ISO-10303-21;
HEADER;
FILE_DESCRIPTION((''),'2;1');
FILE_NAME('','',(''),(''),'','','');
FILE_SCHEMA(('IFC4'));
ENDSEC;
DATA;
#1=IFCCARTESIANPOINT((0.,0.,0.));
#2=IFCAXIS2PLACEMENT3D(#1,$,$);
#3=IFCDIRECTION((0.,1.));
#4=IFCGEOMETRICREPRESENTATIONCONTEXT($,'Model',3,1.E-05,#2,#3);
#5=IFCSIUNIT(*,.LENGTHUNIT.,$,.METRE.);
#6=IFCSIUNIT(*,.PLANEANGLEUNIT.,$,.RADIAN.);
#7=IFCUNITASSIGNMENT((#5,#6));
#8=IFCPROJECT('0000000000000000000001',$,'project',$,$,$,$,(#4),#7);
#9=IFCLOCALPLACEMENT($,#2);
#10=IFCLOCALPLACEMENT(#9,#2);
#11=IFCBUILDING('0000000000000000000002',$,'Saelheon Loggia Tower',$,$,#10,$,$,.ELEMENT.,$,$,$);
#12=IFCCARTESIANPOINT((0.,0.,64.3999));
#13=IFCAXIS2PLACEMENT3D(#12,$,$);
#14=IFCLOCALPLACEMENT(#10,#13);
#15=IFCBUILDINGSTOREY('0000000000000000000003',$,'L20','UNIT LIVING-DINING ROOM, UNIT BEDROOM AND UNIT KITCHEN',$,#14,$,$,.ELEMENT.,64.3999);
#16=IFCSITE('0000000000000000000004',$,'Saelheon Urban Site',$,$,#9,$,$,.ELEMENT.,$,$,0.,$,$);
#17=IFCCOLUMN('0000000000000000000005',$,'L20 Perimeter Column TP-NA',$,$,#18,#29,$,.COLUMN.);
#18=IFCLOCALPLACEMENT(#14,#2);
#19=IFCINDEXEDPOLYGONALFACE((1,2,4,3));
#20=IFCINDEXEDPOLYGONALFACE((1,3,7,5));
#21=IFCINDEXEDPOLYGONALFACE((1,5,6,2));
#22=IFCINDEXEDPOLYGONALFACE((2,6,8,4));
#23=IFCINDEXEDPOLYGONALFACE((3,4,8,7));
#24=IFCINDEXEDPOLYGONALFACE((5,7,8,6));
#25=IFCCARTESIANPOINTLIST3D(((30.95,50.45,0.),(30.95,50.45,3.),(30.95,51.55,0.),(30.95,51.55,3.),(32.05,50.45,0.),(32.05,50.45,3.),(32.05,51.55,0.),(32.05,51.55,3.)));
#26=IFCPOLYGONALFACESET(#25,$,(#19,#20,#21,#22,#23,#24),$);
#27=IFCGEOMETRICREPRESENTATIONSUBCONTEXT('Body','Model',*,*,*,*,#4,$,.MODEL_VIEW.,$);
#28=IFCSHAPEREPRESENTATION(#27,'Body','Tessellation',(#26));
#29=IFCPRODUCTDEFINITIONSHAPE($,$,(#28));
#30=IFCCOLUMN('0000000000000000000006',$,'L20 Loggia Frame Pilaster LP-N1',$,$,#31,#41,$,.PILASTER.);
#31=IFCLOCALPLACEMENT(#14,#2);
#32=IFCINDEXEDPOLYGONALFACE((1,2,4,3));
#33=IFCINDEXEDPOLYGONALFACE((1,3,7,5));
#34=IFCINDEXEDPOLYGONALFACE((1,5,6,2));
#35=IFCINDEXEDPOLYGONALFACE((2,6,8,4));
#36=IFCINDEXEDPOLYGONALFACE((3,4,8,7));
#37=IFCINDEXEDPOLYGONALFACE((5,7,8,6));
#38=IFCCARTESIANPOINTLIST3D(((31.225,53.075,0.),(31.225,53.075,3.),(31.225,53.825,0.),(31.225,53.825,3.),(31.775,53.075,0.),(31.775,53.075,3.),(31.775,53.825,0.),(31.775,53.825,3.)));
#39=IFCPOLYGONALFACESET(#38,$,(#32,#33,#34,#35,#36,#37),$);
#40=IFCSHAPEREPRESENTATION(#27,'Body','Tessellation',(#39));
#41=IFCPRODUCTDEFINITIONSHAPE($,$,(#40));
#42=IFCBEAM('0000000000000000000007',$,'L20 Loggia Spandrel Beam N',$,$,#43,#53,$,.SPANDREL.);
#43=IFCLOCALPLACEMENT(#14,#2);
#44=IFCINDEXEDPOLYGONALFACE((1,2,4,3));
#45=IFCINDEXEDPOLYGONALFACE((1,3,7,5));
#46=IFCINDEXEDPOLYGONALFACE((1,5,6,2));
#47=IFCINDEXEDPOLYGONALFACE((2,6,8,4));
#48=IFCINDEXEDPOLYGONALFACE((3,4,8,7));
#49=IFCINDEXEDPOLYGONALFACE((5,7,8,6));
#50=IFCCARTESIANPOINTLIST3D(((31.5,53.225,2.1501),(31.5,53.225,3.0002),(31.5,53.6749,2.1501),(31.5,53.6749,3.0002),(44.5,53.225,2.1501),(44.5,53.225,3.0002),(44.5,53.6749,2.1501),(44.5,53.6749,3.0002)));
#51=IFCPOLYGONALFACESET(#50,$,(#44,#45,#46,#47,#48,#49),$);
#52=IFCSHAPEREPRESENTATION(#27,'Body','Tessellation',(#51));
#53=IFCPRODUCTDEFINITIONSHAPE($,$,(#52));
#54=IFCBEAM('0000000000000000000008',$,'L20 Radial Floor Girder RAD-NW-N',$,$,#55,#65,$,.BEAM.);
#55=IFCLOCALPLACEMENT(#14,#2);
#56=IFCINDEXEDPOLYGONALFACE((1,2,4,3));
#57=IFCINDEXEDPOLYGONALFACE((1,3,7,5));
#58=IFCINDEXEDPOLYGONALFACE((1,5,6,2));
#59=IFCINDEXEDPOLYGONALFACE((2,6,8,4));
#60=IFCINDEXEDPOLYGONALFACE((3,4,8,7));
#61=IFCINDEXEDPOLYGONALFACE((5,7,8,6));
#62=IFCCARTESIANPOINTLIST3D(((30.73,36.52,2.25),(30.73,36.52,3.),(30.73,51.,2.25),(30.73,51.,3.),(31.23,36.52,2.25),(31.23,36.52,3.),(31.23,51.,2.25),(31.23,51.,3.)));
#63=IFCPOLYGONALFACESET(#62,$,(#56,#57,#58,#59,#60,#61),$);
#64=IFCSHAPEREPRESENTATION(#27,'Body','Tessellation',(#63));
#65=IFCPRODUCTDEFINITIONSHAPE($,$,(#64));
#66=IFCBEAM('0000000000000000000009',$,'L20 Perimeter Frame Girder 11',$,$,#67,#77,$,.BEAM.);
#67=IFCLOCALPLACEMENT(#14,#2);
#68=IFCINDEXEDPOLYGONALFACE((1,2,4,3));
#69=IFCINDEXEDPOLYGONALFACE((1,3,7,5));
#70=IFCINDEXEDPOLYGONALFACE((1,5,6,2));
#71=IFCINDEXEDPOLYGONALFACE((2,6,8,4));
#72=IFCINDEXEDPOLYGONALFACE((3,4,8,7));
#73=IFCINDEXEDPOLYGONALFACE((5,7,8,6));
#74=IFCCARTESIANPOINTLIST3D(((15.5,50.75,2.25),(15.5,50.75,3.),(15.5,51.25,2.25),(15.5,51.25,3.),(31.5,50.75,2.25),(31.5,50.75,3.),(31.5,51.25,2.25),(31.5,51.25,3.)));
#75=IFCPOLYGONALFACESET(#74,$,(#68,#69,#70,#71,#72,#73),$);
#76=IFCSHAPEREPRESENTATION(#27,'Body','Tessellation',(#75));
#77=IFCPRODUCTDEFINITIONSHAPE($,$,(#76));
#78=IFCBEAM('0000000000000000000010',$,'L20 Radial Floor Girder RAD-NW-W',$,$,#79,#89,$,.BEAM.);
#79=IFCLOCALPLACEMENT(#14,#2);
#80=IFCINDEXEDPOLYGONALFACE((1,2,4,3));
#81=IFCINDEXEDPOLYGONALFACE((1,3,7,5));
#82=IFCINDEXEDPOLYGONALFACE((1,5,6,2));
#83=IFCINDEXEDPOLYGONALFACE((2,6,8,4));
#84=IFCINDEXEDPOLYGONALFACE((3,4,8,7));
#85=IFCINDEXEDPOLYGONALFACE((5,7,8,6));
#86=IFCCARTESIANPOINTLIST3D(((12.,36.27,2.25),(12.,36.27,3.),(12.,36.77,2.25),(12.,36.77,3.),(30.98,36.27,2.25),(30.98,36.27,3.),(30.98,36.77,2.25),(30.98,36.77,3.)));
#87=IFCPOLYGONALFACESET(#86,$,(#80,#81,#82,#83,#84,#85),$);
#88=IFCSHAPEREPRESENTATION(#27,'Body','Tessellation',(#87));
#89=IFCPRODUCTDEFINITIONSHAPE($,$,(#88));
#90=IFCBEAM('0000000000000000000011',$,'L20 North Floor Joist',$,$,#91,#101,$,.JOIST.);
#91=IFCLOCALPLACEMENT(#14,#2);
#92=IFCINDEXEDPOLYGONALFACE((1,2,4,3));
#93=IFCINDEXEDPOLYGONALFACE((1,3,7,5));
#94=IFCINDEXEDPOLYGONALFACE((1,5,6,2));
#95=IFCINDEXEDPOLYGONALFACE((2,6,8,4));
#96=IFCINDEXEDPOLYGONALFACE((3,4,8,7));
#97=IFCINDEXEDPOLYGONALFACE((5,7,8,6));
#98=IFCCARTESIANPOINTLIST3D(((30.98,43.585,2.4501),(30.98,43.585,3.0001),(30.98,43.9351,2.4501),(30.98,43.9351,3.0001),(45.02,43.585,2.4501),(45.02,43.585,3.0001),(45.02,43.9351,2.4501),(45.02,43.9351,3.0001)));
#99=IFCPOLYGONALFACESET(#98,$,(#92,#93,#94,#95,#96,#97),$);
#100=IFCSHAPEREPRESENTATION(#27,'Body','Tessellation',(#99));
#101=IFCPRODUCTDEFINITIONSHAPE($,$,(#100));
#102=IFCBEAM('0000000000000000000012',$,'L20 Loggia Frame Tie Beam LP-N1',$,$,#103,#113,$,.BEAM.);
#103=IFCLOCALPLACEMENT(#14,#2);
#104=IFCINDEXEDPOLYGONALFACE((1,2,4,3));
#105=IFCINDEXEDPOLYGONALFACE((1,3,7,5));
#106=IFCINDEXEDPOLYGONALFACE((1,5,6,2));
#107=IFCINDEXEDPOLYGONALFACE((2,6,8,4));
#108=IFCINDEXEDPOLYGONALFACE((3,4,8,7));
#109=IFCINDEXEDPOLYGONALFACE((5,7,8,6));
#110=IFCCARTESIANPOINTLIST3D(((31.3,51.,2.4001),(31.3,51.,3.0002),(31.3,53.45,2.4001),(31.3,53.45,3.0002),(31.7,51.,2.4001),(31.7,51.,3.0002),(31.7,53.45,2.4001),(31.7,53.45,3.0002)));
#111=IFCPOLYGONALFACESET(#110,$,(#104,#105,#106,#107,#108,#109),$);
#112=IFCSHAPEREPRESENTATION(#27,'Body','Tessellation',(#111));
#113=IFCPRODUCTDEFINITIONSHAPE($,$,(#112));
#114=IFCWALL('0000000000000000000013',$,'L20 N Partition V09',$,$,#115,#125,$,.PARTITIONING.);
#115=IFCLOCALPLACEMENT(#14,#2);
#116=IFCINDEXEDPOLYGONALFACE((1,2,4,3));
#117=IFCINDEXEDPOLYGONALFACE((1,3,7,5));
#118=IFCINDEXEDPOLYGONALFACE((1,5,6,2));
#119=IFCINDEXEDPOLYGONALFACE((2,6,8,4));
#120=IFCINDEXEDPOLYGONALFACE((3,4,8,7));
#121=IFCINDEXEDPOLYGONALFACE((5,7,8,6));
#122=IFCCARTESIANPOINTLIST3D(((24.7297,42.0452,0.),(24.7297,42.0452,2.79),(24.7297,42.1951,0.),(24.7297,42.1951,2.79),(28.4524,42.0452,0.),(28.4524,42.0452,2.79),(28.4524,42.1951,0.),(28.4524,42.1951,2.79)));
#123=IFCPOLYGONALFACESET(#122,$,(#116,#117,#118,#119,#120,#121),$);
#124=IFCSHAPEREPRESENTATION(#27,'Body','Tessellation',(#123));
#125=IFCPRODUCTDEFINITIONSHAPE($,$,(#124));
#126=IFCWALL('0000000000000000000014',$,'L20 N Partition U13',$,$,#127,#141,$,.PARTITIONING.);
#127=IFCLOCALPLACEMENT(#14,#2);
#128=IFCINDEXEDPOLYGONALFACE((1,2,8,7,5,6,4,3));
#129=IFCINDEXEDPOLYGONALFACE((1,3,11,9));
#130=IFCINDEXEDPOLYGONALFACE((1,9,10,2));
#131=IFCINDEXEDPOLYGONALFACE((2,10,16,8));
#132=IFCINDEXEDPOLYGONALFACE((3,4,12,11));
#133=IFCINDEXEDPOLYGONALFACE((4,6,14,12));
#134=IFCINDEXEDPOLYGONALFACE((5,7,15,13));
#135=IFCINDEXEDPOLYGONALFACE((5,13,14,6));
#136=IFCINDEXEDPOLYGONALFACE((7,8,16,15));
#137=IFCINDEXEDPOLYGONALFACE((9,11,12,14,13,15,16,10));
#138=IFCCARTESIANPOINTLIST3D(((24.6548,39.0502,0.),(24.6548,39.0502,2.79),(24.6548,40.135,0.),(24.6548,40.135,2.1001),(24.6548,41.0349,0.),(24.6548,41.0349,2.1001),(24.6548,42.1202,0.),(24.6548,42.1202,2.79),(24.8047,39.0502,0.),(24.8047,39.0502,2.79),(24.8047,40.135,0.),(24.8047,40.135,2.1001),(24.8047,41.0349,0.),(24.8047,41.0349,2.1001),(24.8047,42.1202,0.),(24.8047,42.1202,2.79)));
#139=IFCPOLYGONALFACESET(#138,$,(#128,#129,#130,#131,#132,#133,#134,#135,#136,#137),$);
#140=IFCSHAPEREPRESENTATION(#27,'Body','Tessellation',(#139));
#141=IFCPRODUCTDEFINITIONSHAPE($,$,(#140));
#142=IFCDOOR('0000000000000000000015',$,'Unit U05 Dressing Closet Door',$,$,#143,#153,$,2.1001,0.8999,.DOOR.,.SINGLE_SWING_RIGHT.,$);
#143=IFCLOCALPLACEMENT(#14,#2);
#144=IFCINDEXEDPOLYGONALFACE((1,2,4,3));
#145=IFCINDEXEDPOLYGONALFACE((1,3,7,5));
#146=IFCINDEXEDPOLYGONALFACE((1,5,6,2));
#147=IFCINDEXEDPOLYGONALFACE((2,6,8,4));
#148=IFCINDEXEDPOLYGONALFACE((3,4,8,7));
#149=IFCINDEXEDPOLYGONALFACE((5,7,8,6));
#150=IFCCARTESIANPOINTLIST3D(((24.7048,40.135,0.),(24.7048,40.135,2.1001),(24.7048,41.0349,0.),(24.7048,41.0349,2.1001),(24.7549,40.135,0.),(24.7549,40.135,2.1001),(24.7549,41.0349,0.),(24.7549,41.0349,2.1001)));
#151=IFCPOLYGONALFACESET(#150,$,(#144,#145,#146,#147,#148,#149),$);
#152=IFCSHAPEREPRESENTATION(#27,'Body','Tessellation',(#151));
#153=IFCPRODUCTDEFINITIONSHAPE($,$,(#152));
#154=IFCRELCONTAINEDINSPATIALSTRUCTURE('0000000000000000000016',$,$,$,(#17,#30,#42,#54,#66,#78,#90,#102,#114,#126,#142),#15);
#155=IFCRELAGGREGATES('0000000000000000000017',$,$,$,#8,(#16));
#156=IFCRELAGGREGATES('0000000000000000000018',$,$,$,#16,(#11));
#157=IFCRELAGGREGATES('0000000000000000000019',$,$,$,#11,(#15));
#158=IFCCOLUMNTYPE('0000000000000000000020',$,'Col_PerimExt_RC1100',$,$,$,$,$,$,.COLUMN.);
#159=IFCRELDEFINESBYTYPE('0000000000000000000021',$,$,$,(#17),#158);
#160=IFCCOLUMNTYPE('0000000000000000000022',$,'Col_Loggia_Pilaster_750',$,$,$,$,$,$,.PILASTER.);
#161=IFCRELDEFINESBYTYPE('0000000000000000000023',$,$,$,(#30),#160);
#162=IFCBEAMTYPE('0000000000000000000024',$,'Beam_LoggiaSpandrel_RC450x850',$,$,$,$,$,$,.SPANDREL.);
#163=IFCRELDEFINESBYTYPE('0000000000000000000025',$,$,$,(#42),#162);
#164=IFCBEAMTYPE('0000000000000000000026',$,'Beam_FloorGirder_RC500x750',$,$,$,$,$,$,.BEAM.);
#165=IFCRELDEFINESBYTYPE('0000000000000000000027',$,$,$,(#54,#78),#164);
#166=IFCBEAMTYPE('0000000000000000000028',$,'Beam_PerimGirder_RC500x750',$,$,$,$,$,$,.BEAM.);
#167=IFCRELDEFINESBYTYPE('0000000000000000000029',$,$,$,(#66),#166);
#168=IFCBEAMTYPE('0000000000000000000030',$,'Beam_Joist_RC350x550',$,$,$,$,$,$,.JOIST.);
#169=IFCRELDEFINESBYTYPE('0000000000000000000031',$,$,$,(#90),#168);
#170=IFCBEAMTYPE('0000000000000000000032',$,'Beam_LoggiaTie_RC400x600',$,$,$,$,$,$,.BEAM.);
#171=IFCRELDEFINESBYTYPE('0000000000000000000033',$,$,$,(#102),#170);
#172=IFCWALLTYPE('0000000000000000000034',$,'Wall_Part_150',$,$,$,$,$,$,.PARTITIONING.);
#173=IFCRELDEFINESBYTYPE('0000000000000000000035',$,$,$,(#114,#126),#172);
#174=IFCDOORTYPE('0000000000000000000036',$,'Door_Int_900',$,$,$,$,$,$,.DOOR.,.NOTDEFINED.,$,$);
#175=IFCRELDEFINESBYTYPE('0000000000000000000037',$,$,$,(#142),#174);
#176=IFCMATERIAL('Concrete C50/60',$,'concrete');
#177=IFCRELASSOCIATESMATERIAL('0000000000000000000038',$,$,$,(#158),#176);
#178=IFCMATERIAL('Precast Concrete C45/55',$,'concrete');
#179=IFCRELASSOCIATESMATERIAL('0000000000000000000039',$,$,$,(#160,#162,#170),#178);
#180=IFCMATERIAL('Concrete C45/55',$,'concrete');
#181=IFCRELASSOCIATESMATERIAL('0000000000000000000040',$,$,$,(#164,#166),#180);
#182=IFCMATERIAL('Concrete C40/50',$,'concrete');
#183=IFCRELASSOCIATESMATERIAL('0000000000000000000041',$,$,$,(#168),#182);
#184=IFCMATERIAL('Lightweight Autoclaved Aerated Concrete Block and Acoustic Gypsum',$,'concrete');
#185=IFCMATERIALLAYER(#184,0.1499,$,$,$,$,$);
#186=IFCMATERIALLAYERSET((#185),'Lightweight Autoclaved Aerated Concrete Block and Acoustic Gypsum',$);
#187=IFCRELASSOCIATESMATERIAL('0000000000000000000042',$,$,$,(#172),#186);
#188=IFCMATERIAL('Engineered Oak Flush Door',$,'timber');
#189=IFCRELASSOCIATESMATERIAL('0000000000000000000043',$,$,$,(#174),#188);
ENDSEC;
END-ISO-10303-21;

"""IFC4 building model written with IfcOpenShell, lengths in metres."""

from ifc_helpers import new_model, si_unit, direction, frame, frame_2d, origin, origin_2d, place, context, subcontext, project, spatial, rectangle, extrude, source, transform, mapped, material, layer, layer_set, material_profile, profile_set, type_object, element, fill, save


model = new_model("IFC4")

# Units and contexts
model_context = context("Model", 3, precision=1e-05, world=origin(), true_north=direction((0.0, 1.0)))
body_context = subcontext(model_context, "Body", "Model", "MODEL_VIEW")
ifc_project = project(units=[si_unit("LENGTHUNIT", "METRE"), si_unit("PLANEANGLEUNIT", "RADIAN")], contexts=[model_context])

# Site, building, storey
site_placement = place(None, origin())
site = spatial("IfcSite", under=ifc_project, at=site_placement, Name="Saelheon Urban Site", CompositionType="ELEMENT", RefElevation=0.0)
building_placement = place(site_placement, origin())
building = spatial("IfcBuilding", under=site, at=building_placement, Name="Saelheon Loggia Tower", CompositionType="ELEMENT")
storey_placement = place(building_placement, frame((0.0, 0.0, 64.3999)))
storey = spatial("IfcBuildingStorey", under=building, at=storey_placement, Name="L20", Description="UNIT LIVING-DINING ROOM, UNIT BEDROOM AND UNIT KITCHEN", CompositionType="ELEMENT", Elevation=64.3999)

# Columns
ifc_material_1 = material(Name="Concrete C50/60", Category="concrete")
ifc_material_profile_1 = material_profile(ifc_material_1, rectangle(XDim=1.1001, YDim=1.1001, at=origin_2d()), Name="RC-1100x1100")
ifc_profile_set_1 = profile_set([ifc_material_profile_1], Name="Concrete C50/60")
column_type_1 = type_object("IfcColumnType", Name="Col_PerimExt_RC1100", PredefinedType="COLUMN", material=ifc_profile_set_1)
shared_shape_1 = source(origin(), body_context, "Body", "SweptSolid", [
    extrude(rectangle(XDim=1.1001, YDim=1.1001, at=origin_2d()), origin(), (0.0, 0.0, 1.0), 3.0),
])
column_1_placement = place(storey_placement, frame((31.5, 51.0, 0.0), z_axis=(0.0, 0.0, 1.0), x_axis=(1.0, 0.0, 0.0)))
element("IfcColumn", 1, at=column_1_placement, inside=storey, type_object=column_type_1, Name="L20 Perimeter Column TP-NA", PredefinedType="COLUMN", context=body_context, shape_type="MappedRepresentation", body=[
    mapped(shared_shape_1, transform((0.0, 0.0, 0.0), scale=1.0)),
])
ifc_material_2 = material(Name="Precast Concrete C45/55", Category="concrete")
ifc_material_profile_2 = material_profile(ifc_material_2, rectangle(XDim=0.55, YDim=0.75, at=origin_2d()), Name="RC-550x750")
ifc_profile_set_2 = profile_set([ifc_material_profile_2], Name="Precast Concrete C45/55")
column_type_2 = type_object("IfcColumnType", Name="Col_Loggia_Pilaster_750", PredefinedType="PILASTER", material=ifc_profile_set_2)
shared_shape_2 = source(origin(), body_context, "Body", "SweptSolid", [
    extrude(rectangle(XDim=0.55, YDim=0.75, at=origin_2d()), origin(), (0.0, 0.0, 1.0), 3.0),
])
column_2_placement = place(storey_placement, frame((31.5, 53.45, 0.0), z_axis=(0.0, 0.0, 1.0), x_axis=(1.0, 0.0, 0.0)))
element("IfcColumn", 2, at=column_2_placement, inside=storey, type_object=column_type_2, Name="L20 Loggia Frame Pilaster LP-N1", PredefinedType="PILASTER", context=body_context, shape_type="MappedRepresentation", body=[
    mapped(shared_shape_2, transform((0.0, 0.0, 0.0), scale=1.0)),
])

# Beams
ifc_material_profile_3 = material_profile(ifc_material_2, rectangle(XDim=0.45, YDim=0.8501, at=origin_2d()), Name="RC-450x850")
ifc_profile_set_3 = profile_set([ifc_material_profile_3], Name="Precast Concrete C45/55")
beam_type_1 = type_object("IfcBeamType", Name="Beam_LoggiaSpandrel_RC450x850", PredefinedType="SPANDREL", material=ifc_profile_set_3)
shared_shape_3 = source(origin(), body_context, "Body", "SweptSolid", [
    extrude(rectangle(XDim=0.45, YDim=0.8501, at=origin_2d()), origin(), (0.0, 0.0, 1.0), 13.0),
])
beam_1_placement = place(storey_placement, frame((31.5, 53.45, 2.5752), z_axis=(1.0, 0.0, 0.0), x_axis=(0.0, 1.0, 0.0)))
element("IfcBeam", 3, at=beam_1_placement, inside=storey, type_object=beam_type_1, Name="L20 Loggia Spandrel Beam N", PredefinedType="SPANDREL", context=body_context, shape_type="MappedRepresentation", body=[
    mapped(shared_shape_3, transform((0.0, 0.0, 0.0), scale=1.0)),
])
ifc_material_3 = material(Name="Concrete C45/55", Category="concrete")
ifc_material_profile_4 = material_profile(ifc_material_3, rectangle(XDim=0.5, YDim=0.75, at=origin_2d()), Name="RC-500x750")
ifc_profile_set_4 = profile_set([ifc_material_profile_4], Name="Concrete C45/55")
beam_type_2 = type_object("IfcBeamType", Name="Beam_FloorGirder_RC500x750", PredefinedType="BEAM", material=ifc_profile_set_4)
shared_shape_4 = source(origin(), body_context, "Body", "SweptSolid", [
    extrude(rectangle(XDim=0.5, YDim=0.75, at=origin_2d()), origin(), (0.0, 0.0, 1.0), 14.48),
])
beam_2_placement = place(storey_placement, frame((30.98, 36.52, 2.625), z_axis=(0.0, 1.0, 0.0), x_axis=(-1.0, 0.0, 0.0)))
element("IfcBeam", 4, at=beam_2_placement, inside=storey, type_object=beam_type_2, Name="L20 Radial Floor Girder RAD-NW-N", PredefinedType="BEAM", context=body_context, shape_type="MappedRepresentation", body=[
    mapped(shared_shape_4, transform((0.0, 0.0, 0.0), scale=1.0)),
])
ifc_material_profile_5 = material_profile(ifc_material_3, rectangle(XDim=0.5, YDim=0.75, at=origin_2d()), Name="RC-500x750")
ifc_profile_set_5 = profile_set([ifc_material_profile_5], Name="Concrete C45/55")
beam_type_3 = type_object("IfcBeamType", Name="Beam_PerimGirder_RC500x750", PredefinedType="BEAM", material=ifc_profile_set_5)
shared_shape_5 = source(origin(), body_context, "Body", "SweptSolid", [
    extrude(rectangle(XDim=0.5, YDim=0.75, at=origin_2d()), origin(), (0.0, 0.0, 1.0), 16.0),
])
beam_3_placement = place(storey_placement, frame((31.5, 51.0, 2.625), z_axis=(-1.0, 0.0, 0.0), x_axis=(0.0, -1.0, 0.0)))
element("IfcBeam", 5, at=beam_3_placement, inside=storey, type_object=beam_type_3, Name="L20 Perimeter Frame Girder 11", PredefinedType="BEAM", context=body_context, shape_type="MappedRepresentation", body=[
    mapped(shared_shape_5, transform((0.0, 0.0, 0.0), scale=1.0)),
])
shared_shape_6 = source(origin(), body_context, "Body", "SweptSolid", [
    extrude(rectangle(XDim=0.5, YDim=0.75, at=origin_2d()), origin(), (0.0, 0.0, 1.0), 18.98),
])
beam_4_placement = place(storey_placement, frame((30.98, 36.52, 2.625), z_axis=(-1.0, 0.0, 0.0), x_axis=(0.0, -1.0, 0.0)))
element("IfcBeam", 6, at=beam_4_placement, inside=storey, type_object=beam_type_2, Name="L20 Radial Floor Girder RAD-NW-W", PredefinedType="BEAM", context=body_context, shape_type="MappedRepresentation", body=[
    mapped(shared_shape_6, transform((0.0, 0.0, 0.0), scale=1.0)),
])
ifc_material_4 = material(Name="Concrete C40/50", Category="concrete")
ifc_material_profile_6 = material_profile(ifc_material_4, rectangle(XDim=0.3501, YDim=0.55, at=origin_2d()), Name="RC-350x550")
ifc_profile_set_6 = profile_set([ifc_material_profile_6], Name="Concrete C40/50")
beam_type_4 = type_object("IfcBeamType", Name="Beam_Joist_RC350x550", PredefinedType="JOIST", material=ifc_profile_set_6)
shared_shape_7 = source(origin(), body_context, "Body", "SweptSolid", [
    extrude(rectangle(XDim=0.3501, YDim=0.55, at=origin_2d()), origin(), (0.0, 0.0, 1.0), 14.04),
])
beam_5_placement = place(storey_placement, frame((30.98, 43.76, 2.7251), z_axis=(1.0, 0.0, 0.0), x_axis=(0.0, 1.0, 0.0)))
element("IfcBeam", 7, at=beam_5_placement, inside=storey, type_object=beam_type_4, Name="L20 North Floor Joist", PredefinedType="JOIST", context=body_context, shape_type="MappedRepresentation", body=[
    mapped(shared_shape_7, transform((0.0, 0.0, 0.0), scale=1.0)),
])
ifc_material_profile_7 = material_profile(ifc_material_2, rectangle(XDim=0.3999, YDim=0.6001, at=origin_2d()), Name="RC-400x600")
ifc_profile_set_7 = profile_set([ifc_material_profile_7], Name="Precast Concrete C45/55")
beam_type_5 = type_object("IfcBeamType", Name="Beam_LoggiaTie_RC400x600", PredefinedType="BEAM", material=ifc_profile_set_7)
shared_shape_8 = source(origin(), body_context, "Body", "SweptSolid", [
    extrude(rectangle(XDim=0.3999, YDim=0.6001, at=origin_2d()), origin(), (0.0, 0.0, 1.0), 2.45),
])
beam_6_placement = place(storey_placement, frame((31.5, 51.0, 2.7002), z_axis=(0.0, 1.0, 0.0), x_axis=(-1.0, 0.0, 0.0)))
element("IfcBeam", 8, at=beam_6_placement, inside=storey, type_object=beam_type_5, Name="L20 Loggia Frame Tie Beam LP-N1", PredefinedType="BEAM", context=body_context, shape_type="MappedRepresentation", body=[
    mapped(shared_shape_8, transform((0.0, 0.0, 0.0), scale=1.0)),
])

# Wall
ifc_material_5 = material(Name="Lightweight Autoclaved Aerated Concrete Block and Acoustic Gypsum", Category="concrete")
ifc_layer_1 = layer(ifc_material_5, 0.1499)
ifc_layer_set_1 = layer_set([ifc_layer_1], Name="Lightweight Autoclaved Aerated Concrete Block and Acoustic Gypsum")
wall_type_1 = type_object("IfcWallType", Name="Wall_Part_150", PredefinedType="PARTITIONING", material=ifc_layer_set_1)
wall_1_placement = place(storey_placement, frame((24.7297, 42.1201, 0.0), z_axis=(0.0, 0.0, 1.0), x_axis=(1.0, 0.0, 0.0)))
element("IfcWall", 9, at=wall_1_placement, inside=storey, type_object=wall_type_1, Name="L20 N Partition V09", PredefinedType="PARTITIONING", context=body_context, shape_type="SweptSolid", body=[
    extrude(rectangle(XDim=3.7227, YDim=0.1499, at=frame_2d((1.8613, 0.0))), origin(), (0.0, 0.0, 1.0), 2.79),
])

# Wall, opening, door
wall_2_placement = place(storey_placement, frame((24.7297, 39.05, 0.0), z_axis=(0.0, 0.0, 1.0), x_axis=(0.0, 1.0, 0.0)))
wall_2 = element("IfcWall", 10, at=wall_2_placement, inside=storey, type_object=wall_type_1, Name="L20 N Partition U13", PredefinedType="PARTITIONING", context=body_context, shape_type="SweptSolid", body=[
    extrude(rectangle(XDim=3.0701, YDim=0.1499, at=frame_2d((1.5352, 0.0))), origin(), (0.0, 0.0, 1.0), 2.79),
])
opening_1_placement = place(wall_2_placement, frame((1.085, 0.0, 0.0)))
opening_1 = element("IfcOpeningElement", 11, at=opening_1_placement, cuts=wall_2, PredefinedType="OPENING", context=body_context, shape_type="SweptSolid", body=[
    extrude(rectangle(XDim=0.8999, YDim=2.1001, at=frame_2d((0.45, 1.05))), frame((0.0, 0.0869, 0.0), z_axis=(0.0, -1.0, 0.0), x_axis=(1.0, 0.0, 0.0)), (0.0, 0.0, 1.0), 0.1738),
])
ifc_material_6 = material(Name="Engineered Oak Flush Door", Category="timber")
door_type_1 = type_object("IfcDoorType", Name="Door_Int_900", OperationType="NOTDEFINED", PredefinedType="DOOR", material=ifc_material_6)
shared_shape_9 = source(origin(), body_context, "Body", "SweptSolid", [
    extrude(rectangle(XDim=0.8999, YDim=2.1001, at=frame_2d((0.45, 1.05))), frame((0.0, 0.0249, 0.0), z_axis=(0.0, -1.0, 0.0), x_axis=(1.0, 0.0, 0.0)), (0.0, 0.0, 1.0), 0.05),
])
door_1_placement = place(opening_1_placement, origin())
door_1 = element("IfcDoor", 12, at=door_1_placement, inside=storey, type_object=door_type_1, Name="Unit U05 Dressing Closet Door", OperationType="SINGLE_SWING_RIGHT", OverallHeight=2.1001, OverallWidth=0.8999, PredefinedType="DOOR", context=body_context, shape_type="MappedRepresentation", body=[
    mapped(shared_shape_9, transform((0.0, 0.0, 0.0), scale=1.0)),
])
fill(opening_1, door_1)

save(model, "model.ifc")
